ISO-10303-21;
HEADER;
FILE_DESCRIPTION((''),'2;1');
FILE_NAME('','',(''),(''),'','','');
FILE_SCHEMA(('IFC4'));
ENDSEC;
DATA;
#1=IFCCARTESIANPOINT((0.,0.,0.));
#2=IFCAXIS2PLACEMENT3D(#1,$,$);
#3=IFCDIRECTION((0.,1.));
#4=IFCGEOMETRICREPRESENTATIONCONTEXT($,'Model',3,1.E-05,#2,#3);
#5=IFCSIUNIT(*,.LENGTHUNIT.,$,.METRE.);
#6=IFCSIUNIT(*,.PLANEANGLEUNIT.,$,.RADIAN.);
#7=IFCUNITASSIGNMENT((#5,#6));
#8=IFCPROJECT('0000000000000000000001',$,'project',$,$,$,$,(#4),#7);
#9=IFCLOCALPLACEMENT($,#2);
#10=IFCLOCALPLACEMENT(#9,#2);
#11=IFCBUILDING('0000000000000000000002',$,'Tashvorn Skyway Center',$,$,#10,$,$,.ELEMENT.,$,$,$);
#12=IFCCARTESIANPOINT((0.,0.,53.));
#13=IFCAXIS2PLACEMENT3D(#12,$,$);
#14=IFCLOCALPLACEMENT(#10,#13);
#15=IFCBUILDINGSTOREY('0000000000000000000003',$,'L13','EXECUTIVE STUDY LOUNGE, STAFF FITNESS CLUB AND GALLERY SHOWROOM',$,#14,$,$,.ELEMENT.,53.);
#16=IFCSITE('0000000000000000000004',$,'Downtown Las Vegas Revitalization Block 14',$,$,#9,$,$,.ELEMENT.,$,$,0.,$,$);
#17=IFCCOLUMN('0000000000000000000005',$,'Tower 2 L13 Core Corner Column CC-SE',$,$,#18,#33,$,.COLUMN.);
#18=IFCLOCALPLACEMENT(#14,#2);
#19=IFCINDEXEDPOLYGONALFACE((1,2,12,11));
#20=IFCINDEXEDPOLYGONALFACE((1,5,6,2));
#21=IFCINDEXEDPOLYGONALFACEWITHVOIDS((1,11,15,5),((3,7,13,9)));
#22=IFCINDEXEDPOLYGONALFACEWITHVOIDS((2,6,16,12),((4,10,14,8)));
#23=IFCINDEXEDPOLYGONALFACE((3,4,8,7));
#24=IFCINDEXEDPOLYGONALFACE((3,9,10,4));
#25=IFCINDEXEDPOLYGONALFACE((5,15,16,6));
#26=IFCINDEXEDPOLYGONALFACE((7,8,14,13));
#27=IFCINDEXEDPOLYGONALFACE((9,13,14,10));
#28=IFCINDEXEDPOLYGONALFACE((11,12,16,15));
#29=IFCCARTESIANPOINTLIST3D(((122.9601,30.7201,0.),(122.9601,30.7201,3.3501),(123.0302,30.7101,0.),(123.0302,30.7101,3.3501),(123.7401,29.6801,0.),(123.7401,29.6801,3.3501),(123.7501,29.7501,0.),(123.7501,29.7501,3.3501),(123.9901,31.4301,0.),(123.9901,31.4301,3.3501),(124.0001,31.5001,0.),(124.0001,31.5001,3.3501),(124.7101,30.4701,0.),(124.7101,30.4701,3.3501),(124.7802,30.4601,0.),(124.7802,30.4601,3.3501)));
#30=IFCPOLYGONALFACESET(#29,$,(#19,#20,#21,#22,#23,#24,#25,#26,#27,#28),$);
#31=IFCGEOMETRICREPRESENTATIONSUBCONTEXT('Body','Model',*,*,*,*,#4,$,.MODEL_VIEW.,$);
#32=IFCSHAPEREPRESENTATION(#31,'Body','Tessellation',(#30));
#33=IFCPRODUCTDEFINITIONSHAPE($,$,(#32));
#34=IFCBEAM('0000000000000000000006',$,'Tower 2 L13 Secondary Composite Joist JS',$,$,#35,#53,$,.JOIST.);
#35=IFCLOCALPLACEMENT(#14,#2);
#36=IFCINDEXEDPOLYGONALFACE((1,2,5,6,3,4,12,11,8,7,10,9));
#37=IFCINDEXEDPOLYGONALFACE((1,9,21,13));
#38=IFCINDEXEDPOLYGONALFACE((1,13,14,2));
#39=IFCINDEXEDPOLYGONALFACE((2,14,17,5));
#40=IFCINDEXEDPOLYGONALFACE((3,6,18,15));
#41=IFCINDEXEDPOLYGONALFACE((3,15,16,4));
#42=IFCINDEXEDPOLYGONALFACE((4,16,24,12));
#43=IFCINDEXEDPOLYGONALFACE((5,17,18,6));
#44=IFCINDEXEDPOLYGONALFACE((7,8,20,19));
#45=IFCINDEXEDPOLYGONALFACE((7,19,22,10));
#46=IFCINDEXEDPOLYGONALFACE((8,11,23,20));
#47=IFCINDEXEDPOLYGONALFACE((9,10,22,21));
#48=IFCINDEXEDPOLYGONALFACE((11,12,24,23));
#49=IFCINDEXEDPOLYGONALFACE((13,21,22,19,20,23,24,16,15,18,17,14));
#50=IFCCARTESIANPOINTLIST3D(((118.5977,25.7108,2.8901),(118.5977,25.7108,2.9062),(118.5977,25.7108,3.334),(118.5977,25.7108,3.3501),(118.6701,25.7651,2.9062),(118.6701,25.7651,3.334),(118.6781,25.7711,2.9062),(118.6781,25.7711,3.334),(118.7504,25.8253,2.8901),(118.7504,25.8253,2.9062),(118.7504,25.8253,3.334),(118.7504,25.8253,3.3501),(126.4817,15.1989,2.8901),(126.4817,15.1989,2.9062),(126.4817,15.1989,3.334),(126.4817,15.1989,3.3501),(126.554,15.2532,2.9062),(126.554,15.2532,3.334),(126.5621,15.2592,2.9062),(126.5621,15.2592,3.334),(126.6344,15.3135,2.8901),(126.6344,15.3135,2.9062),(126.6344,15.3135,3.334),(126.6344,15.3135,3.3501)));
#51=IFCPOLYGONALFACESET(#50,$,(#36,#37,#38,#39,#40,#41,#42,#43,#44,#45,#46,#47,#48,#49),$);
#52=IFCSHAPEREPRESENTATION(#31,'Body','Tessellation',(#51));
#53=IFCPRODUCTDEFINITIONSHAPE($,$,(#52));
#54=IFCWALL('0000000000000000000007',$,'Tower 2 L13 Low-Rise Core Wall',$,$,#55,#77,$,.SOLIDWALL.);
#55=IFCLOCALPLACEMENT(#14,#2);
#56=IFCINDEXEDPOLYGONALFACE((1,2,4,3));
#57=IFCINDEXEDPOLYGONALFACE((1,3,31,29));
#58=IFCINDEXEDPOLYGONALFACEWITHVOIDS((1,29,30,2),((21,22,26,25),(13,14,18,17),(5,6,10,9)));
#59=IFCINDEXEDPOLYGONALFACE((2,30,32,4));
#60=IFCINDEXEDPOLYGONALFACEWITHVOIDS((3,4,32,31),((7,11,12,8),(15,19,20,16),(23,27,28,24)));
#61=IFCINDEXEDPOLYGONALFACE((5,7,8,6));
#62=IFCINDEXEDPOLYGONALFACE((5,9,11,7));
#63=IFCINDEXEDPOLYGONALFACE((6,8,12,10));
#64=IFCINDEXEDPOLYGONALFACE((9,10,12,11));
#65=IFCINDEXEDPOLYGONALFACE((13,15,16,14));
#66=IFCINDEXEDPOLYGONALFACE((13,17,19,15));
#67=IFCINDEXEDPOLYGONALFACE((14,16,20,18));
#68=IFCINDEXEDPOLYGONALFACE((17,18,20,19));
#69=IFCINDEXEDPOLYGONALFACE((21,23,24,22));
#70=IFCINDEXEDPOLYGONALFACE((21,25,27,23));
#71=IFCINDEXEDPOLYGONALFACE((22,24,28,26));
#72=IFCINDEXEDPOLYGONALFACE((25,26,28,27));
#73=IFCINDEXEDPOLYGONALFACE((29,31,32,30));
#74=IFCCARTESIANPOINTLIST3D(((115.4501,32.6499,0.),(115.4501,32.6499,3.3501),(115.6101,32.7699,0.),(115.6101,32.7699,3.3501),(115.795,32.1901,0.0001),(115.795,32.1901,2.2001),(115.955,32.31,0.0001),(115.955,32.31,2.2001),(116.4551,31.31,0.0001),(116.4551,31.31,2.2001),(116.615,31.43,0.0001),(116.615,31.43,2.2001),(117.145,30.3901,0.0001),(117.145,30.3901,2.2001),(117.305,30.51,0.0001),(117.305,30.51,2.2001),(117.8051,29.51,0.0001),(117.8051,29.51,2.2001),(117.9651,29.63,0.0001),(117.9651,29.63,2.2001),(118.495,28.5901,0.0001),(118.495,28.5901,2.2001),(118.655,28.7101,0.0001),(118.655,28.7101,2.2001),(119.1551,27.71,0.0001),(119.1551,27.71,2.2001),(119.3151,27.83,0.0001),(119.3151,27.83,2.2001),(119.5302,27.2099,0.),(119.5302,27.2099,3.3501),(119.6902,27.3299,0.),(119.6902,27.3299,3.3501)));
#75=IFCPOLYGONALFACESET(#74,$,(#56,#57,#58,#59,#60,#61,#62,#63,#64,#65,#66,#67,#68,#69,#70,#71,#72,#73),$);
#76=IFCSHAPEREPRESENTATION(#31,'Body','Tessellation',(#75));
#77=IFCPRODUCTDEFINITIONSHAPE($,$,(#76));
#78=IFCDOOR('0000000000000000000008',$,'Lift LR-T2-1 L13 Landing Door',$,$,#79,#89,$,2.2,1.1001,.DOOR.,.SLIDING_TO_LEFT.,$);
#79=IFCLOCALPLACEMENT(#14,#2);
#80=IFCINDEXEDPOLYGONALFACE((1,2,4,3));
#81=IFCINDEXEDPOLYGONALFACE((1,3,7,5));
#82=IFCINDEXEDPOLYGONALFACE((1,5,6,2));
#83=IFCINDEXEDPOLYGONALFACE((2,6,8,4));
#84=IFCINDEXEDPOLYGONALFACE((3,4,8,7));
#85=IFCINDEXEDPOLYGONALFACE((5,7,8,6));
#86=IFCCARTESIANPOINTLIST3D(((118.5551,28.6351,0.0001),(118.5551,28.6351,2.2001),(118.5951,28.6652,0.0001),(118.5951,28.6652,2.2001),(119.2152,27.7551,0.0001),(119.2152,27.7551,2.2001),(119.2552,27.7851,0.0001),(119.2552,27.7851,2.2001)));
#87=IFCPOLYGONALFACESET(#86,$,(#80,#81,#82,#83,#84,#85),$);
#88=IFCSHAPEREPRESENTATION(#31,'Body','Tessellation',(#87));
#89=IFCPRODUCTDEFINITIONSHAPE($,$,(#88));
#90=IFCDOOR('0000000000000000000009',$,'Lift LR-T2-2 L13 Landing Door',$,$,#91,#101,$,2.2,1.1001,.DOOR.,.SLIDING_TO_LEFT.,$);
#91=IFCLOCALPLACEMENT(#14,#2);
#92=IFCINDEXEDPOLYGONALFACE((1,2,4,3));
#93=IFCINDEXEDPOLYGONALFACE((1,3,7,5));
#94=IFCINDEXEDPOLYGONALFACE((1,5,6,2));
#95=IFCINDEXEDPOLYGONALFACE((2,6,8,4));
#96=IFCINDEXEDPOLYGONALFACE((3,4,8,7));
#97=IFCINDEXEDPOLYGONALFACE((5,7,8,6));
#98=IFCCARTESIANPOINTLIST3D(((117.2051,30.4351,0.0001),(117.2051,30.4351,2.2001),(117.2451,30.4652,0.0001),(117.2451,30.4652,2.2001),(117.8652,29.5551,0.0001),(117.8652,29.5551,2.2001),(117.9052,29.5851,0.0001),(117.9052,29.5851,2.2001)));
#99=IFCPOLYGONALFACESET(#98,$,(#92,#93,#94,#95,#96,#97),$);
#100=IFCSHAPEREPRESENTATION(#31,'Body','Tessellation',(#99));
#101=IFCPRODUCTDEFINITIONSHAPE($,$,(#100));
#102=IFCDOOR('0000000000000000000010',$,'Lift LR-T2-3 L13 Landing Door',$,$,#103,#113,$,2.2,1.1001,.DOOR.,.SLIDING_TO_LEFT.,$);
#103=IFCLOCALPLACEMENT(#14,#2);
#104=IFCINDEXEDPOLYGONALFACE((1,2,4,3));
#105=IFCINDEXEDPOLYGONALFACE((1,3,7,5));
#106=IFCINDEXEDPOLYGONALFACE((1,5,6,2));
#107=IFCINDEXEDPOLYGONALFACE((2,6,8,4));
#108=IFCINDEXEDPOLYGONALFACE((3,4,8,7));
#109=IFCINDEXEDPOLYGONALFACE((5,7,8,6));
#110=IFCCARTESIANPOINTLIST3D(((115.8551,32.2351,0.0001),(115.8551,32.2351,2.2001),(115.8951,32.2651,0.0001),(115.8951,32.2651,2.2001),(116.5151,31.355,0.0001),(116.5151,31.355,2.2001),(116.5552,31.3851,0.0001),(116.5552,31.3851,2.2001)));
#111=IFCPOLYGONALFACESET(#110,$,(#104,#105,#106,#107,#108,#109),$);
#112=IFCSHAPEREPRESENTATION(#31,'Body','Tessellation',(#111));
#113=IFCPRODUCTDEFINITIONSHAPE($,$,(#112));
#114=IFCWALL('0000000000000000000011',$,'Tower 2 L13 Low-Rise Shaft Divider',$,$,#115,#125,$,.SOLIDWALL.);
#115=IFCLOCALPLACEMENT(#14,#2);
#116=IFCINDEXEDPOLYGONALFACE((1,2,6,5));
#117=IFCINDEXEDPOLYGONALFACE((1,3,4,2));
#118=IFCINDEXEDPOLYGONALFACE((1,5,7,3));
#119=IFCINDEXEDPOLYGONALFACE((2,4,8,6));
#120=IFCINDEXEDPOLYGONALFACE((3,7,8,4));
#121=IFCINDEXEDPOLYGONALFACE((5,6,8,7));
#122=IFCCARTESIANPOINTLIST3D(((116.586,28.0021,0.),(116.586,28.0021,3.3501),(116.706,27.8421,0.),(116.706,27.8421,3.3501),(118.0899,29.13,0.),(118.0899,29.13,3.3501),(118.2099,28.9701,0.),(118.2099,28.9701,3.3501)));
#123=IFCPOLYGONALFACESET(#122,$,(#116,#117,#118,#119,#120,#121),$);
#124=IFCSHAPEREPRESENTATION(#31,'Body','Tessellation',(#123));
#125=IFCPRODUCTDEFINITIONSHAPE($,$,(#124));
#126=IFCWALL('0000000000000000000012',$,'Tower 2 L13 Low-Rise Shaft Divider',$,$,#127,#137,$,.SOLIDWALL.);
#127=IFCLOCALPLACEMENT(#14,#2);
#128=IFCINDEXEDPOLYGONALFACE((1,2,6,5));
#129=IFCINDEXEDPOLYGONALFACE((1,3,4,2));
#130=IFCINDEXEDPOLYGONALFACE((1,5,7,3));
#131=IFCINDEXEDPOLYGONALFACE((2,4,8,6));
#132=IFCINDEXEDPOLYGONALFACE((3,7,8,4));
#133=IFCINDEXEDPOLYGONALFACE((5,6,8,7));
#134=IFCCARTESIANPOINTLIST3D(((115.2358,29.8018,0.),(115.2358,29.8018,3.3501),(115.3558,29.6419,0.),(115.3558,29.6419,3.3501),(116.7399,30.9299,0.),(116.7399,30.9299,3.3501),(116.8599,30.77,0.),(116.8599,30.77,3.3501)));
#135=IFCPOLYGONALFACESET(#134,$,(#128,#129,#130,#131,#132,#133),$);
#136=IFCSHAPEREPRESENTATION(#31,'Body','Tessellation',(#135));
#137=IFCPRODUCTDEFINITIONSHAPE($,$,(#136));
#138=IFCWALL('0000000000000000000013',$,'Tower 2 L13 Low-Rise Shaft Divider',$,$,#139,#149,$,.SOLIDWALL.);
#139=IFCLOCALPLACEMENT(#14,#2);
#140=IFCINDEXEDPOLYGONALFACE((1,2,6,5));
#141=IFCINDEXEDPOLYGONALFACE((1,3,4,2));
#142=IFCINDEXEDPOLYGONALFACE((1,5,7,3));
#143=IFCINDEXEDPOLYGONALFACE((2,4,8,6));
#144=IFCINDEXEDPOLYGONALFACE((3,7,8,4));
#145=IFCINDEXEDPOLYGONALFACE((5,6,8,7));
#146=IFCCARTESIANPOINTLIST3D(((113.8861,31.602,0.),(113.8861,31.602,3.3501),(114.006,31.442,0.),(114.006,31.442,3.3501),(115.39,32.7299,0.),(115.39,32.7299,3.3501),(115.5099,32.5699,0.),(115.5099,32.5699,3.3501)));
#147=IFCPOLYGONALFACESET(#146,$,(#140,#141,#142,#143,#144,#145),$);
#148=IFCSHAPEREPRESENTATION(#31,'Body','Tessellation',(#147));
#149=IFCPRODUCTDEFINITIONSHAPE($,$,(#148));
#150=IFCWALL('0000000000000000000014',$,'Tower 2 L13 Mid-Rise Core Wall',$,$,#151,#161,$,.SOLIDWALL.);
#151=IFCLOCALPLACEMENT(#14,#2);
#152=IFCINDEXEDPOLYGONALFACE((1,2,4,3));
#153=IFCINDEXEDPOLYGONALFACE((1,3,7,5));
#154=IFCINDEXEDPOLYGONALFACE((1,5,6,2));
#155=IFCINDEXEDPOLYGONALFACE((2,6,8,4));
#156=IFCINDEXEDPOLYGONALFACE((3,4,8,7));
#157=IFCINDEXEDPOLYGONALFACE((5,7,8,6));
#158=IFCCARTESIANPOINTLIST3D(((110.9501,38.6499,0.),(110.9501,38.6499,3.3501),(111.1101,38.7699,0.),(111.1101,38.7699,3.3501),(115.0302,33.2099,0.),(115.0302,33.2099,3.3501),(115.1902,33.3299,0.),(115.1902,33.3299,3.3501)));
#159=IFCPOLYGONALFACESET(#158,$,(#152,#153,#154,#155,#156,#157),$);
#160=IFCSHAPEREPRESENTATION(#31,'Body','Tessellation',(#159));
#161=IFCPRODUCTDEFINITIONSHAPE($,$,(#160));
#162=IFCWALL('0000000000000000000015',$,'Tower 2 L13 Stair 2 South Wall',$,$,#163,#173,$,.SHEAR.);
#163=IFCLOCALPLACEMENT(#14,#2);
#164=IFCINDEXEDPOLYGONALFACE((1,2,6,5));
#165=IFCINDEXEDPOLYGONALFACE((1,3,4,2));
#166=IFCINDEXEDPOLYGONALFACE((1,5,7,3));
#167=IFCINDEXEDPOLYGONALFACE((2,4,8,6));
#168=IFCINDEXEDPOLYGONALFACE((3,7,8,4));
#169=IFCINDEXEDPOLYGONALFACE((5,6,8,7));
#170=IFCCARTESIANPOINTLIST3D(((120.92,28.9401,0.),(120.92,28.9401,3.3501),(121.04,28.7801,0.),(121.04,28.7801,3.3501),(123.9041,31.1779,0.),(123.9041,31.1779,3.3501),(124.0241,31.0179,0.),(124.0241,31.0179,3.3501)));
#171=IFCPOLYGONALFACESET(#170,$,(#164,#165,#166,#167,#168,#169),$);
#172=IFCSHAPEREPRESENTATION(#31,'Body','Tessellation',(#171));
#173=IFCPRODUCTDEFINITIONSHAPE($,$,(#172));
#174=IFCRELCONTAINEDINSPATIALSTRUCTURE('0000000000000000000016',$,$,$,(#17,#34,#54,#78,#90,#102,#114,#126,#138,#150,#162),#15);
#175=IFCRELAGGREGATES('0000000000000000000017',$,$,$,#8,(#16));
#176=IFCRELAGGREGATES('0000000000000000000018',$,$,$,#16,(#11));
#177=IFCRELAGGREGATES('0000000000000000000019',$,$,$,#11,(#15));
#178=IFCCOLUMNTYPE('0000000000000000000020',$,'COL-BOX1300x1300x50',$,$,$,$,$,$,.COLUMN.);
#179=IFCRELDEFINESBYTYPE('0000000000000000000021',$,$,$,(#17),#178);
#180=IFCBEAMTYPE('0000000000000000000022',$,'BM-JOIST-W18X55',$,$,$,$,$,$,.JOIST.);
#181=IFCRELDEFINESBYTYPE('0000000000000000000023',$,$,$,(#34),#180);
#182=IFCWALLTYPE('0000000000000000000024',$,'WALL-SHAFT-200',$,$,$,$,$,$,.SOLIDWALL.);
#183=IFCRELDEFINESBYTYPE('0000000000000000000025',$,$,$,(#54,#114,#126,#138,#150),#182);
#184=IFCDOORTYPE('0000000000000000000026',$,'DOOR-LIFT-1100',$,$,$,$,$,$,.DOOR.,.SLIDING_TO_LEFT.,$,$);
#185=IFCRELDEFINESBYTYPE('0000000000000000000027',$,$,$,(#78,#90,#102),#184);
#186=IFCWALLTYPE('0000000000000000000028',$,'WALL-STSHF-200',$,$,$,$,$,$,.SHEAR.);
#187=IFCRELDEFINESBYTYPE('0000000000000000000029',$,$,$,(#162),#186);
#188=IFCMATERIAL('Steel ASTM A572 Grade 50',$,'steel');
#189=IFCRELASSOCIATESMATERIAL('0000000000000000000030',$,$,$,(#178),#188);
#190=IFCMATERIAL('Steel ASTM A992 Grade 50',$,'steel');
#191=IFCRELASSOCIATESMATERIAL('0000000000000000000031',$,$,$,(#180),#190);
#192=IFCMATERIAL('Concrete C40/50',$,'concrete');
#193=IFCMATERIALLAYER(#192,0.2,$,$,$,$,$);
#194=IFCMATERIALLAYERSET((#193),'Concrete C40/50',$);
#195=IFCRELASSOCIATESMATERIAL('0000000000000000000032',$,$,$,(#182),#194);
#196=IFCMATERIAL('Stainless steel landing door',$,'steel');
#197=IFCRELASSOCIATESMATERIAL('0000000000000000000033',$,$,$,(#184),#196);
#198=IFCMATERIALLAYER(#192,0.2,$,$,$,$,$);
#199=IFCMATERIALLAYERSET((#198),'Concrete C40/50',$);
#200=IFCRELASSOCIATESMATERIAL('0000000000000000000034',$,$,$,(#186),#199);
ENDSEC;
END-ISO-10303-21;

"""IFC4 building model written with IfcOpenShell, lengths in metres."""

from ifc_helpers import new_model, si_unit, direction, frame, frame_2d, origin, origin_2d, place, context, subcontext, project, spatial, rectangle, hollow_rectangle, i_section, extrude, material, layer, layer_set, material_profile, profile_set, type_object, element, fill, save


model = new_model("IFC4")

# Units and contexts
model_context = context("Model", 3, precision=1e-05, world=origin(), true_north=direction((0.0, 1.0)))
body_context = subcontext(model_context, "Body", "Model", "MODEL_VIEW")
ifc_project = project(units=[si_unit("LENGTHUNIT", "METRE"), si_unit("PLANEANGLEUNIT", "RADIAN")], contexts=[model_context])

# Site, building, storey
site_placement = place(None, origin())
site = spatial("IfcSite", under=ifc_project, at=site_placement, Name="Downtown Las Vegas Revitalization Block 14", CompositionType="ELEMENT", RefElevation=0.0)
building_placement = place(site_placement, origin())
building = spatial("IfcBuilding", under=site, at=building_placement, Name="Tashvorn Skyway Center", CompositionType="ELEMENT")
storey_placement = place(building_placement, frame((0.0, 0.0, 53.0)))
storey = spatial("IfcBuildingStorey", under=building, at=storey_placement, Name="L13", Description="EXECUTIVE STUDY LOUNGE, STAFF FITNESS CLUB AND GALLERY SHOWROOM", CompositionType="ELEMENT", Elevation=53.0)

# Column
ifc_material_1 = material(Name="Steel ASTM A572 Grade 50", Category="steel")
ifc_material_profile_1 = material_profile(ifc_material_1, hollow_rectangle(XDim=1.3, YDim=1.3, WallThickness=0.05, at=origin_2d()), Name="BOX1300x1300x50")
ifc_profile_set_1 = profile_set([ifc_material_profile_1], Name="Steel ASTM A572 Grade 50")
column_type = type_object("IfcColumnType", Name="COL-BOX1300x1300x50", PredefinedType="COLUMN", material=ifc_profile_set_1)
column_placement = place(storey_placement, frame((123.8701, 30.5901, 0.0), z_axis=(0.0, 0.0, 1.0), x_axis=(0.8, 0.6, 0.0)))
element("IfcColumn", 1, at=column_placement, inside=storey, type_object=column_type, Name="Tower 2 L13 Core Corner Column CC-SE", PredefinedType="COLUMN", context=body_context, shape_type="SweptSolid", body=[
    extrude(hollow_rectangle(XDim=1.3, YDim=1.3, WallThickness=0.05, at=origin_2d()), origin(), (0.0, 0.0, 1.0), 3.3501),
])

# Beam
ifc_material_2 = material(Name="Steel ASTM A992 Grade 50", Category="steel")
ifc_material_profile_2 = material_profile(ifc_material_2, i_section(OverallWidth=0.1909, OverallDepth=0.46, WebThickness=0.01, FlangeThickness=0.0161, at=origin_2d()), Name="W18X55")
ifc_profile_set_2 = profile_set([ifc_material_profile_2], Name="Steel ASTM A992 Grade 50")
beam_type = type_object("IfcBeamType", Name="BM-JOIST-W18X55", PredefinedType="JOIST", material=ifc_profile_set_2)
beam_placement = place(storey_placement, frame((118.6741, 25.7681, 3.1201), z_axis=(0.600003, -0.799998, 0.0), x_axis=(0.799998, 0.600003, 0.0)))
element("IfcBeam", 2, at=beam_placement, inside=storey, type_object=beam_type, Name="Tower 2 L13 Secondary Composite Joist JS", PredefinedType="JOIST", context=body_context, shape_type="SweptSolid", body=[
    extrude(i_section(OverallWidth=0.1909, OverallDepth=0.46, WebThickness=0.01, FlangeThickness=0.0161, at=origin_2d()), origin(), (0.0, 0.0, 1.0), 13.1399),
])

# Wall, openings, doors
ifc_material_3 = material(Name="Concrete C40/50", Category="concrete")
ifc_layer_1 = layer(ifc_material_3, 0.2)
ifc_layer_set_1 = layer_set([ifc_layer_1], Name="Concrete C40/50")
wall_type_1 = type_object("IfcWallType", Name="WALL-SHAFT-200", PredefinedType="SOLIDWALL", material=ifc_layer_set_1)
wall_1_placement = place(storey_placement, frame((119.6101, 27.27, 0.0), z_axis=(0.0, 0.0, 1.0), x_axis=(-0.600011, 0.799991, 0.0)))
wall_1 = element("IfcWall", 3, at=wall_1_placement, inside=storey, type_object=wall_type_1, Name="Tower 2 L13 Low-Rise Core Wall", PredefinedType="SOLIDWALL", context=body_context, shape_type="SweptSolid", body=[
    extrude(rectangle(XDim=6.8, YDim=0.2, at=frame_2d((3.3999, 0.0))), origin(), (0.0, 0.0, 1.0), 3.3501),
])
opening_1_placement = place(wall_1_placement, frame((0.625, 0.0, 0.0)))
opening_1 = element("IfcOpeningElement", 4, at=opening_1_placement, cuts=wall_1, PredefinedType="OPENING", context=body_context, shape_type="SweptSolid", body=[
    extrude(rectangle(XDim=1.1001, YDim=2.2, at=frame_2d((0.55, 1.1001))), frame((0.0, 0.1099, 0.0), z_axis=(0.0, -1.0, 0.0), x_axis=(1.0, 0.0, 0.0)), (0.0, 0.0, 1.0), 0.22),
])
opening_2_placement = place(wall_1_placement, frame((2.875, 0.0, 0.0)))
opening_2 = element("IfcOpeningElement", 5, at=opening_2_placement, cuts=wall_1, PredefinedType="OPENING", context=body_context, shape_type="SweptSolid", body=[
    extrude(rectangle(XDim=1.1001, YDim=2.2, at=frame_2d((0.55, 1.1001))), frame((0.0, 0.1099, 0.0), z_axis=(0.0, -1.0, 0.0), x_axis=(1.0, 0.0, 0.0)), (0.0, 0.0, 1.0), 0.22),
])
opening_3_placement = place(wall_1_placement, frame((5.125, 0.0, 0.0)))
opening_3 = element("IfcOpeningElement", 6, at=opening_3_placement, cuts=wall_1, PredefinedType="OPENING", context=body_context, shape_type="SweptSolid", body=[
    extrude(rectangle(XDim=1.1001, YDim=2.2, at=frame_2d((0.55, 1.1001))), frame((0.0, 0.1099, 0.0), z_axis=(0.0, -1.0, 0.0), x_axis=(1.0, 0.0, 0.0)), (0.0, 0.0, 1.0), 0.22),
])
ifc_material_4 = material(Name="Stainless steel landing door", Category="steel")
door_type = type_object("IfcDoorType", Name="DOOR-LIFT-1100", OperationType="SLIDING_TO_LEFT", PredefinedType="DOOR", material=ifc_material_4)
door_1_placement = place(opening_1_placement, origin())
door_1 = element("IfcDoor", 7, at=door_1_placement, inside=storey, type_object=door_type, Name="Lift LR-T2-1 L13 Landing Door", OperationType="SLIDING_TO_LEFT", OverallHeight=2.2, OverallWidth=1.1001, PredefinedType="DOOR", context=body_context, shape_type="SweptSolid", body=[
    extrude(rectangle(XDim=1.1001, YDim=2.2, at=frame_2d((0.55, 1.1001))), frame((0.0, 0.0249, 0.0), z_axis=(0.0, -1.0, 0.0), x_axis=(1.0, 0.0, 0.0)), (0.0, 0.0, 1.0), 0.05),
])
fill(opening_1, door_1)
door_2_placement = place(opening_2_placement, origin())
door_2 = element("IfcDoor", 8, at=door_2_placement, inside=storey, type_object=door_type, Name="Lift LR-T2-2 L13 Landing Door", OperationType="SLIDING_TO_LEFT", OverallHeight=2.2, OverallWidth=1.1001, PredefinedType="DOOR", context=body_context, shape_type="SweptSolid", body=[
    extrude(rectangle(XDim=1.1001, YDim=2.2, at=frame_2d((0.55, 1.1001))), frame((0.0, 0.0249, 0.0), z_axis=(0.0, -1.0, 0.0), x_axis=(1.0, 0.0, 0.0)), (0.0, 0.0, 1.0), 0.05),
])
fill(opening_2, door_2)
door_3_placement = place(opening_3_placement, origin())
door_3 = element("IfcDoor", 9, at=door_3_placement, inside=storey, type_object=door_type, Name="Lift LR-T2-3 L13 Landing Door", OperationType="SLIDING_TO_LEFT", OverallHeight=2.2, OverallWidth=1.1001, PredefinedType="DOOR", context=body_context, shape_type="SweptSolid", body=[
    extrude(rectangle(XDim=1.1001, YDim=2.2, at=frame_2d((0.55, 1.1001))), frame((0.0, 0.0249, 0.0), z_axis=(0.0, -1.0, 0.0), x_axis=(1.0, 0.0, 0.0)), (0.0, 0.0, 1.0), 0.05),
])
fill(opening_3, door_3)

# Walls
wall_2_placement = place(storey_placement, frame((116.646, 27.9221, 0.0), z_axis=(0.0, 0.0, 1.0), x_axis=(0.8, 0.6, 0.0)))
element("IfcWall", 10, at=wall_2_placement, inside=storey, type_object=wall_type_1, Name="Tower 2 L13 Low-Rise Shaft Divider", PredefinedType="SOLIDWALL", context=body_context, shape_type="SweptSolid", body=[
    extrude(rectangle(XDim=1.8799, YDim=0.2, at=frame_2d((0.9399, 0.0))), origin(), (0.0, 0.0, 1.0), 3.3501),
])
wall_3_placement = place(storey_placement, frame((115.2959, 29.7219, 0.0), z_axis=(0.0, 0.0, 1.0), x_axis=(0.799984, 0.600021, 0.0)))
element("IfcWall", 11, at=wall_3_placement, inside=storey, type_object=wall_type_1, Name="Tower 2 L13 Low-Rise Shaft Divider", PredefinedType="SOLIDWALL", context=body_context, shape_type="SweptSolid", body=[
    extrude(rectangle(XDim=1.8801, YDim=0.2, at=frame_2d((0.9399, 0.0))), origin(), (0.0, 0.0, 1.0), 3.3501),
])
wall_4_placement = place(storey_placement, frame((113.946, 31.522, 0.0), z_axis=(0.0, 0.0, 1.0), x_axis=(0.8, 0.6, 0.0)))
element("IfcWall", 12, at=wall_4_placement, inside=storey, type_object=wall_type_1, Name="Tower 2 L13 Low-Rise Shaft Divider", PredefinedType="SOLIDWALL", context=body_context, shape_type="SweptSolid", body=[
    extrude(rectangle(XDim=1.8799, YDim=0.2, at=frame_2d((0.9399, 0.0))), origin(), (0.0, 0.0, 1.0), 3.3501),
])
wall_5_placement = place(storey_placement, frame((115.1101, 33.27, 0.0), z_axis=(0.0, 0.0, 1.0), x_axis=(-0.600011, 0.799991, 0.0)))
element("IfcWall", 13, at=wall_5_placement, inside=storey, type_object=wall_type_1, Name="Tower 2 L13 Mid-Rise Core Wall", PredefinedType="SOLIDWALL", context=body_context, shape_type="SweptSolid", body=[
    extrude(rectangle(XDim=6.8, YDim=0.2, at=frame_2d((3.3999, 0.0))), origin(), (0.0, 0.0, 1.0), 3.3501),
])
ifc_layer_2 = layer(ifc_material_3, 0.2)
ifc_layer_set_2 = layer_set([ifc_layer_2], Name="Concrete C40/50")
wall_type_2 = type_object("IfcWallType", Name="WALL-STSHF-200", PredefinedType="SHEAR", material=ifc_layer_set_2)
wall_6_placement = place(storey_placement, frame((120.98, 28.8601, 0.0), z_axis=(0.0, 0.0, 1.0), x_axis=(0.800039, 0.599948, 0.0)))
element("IfcWall", 14, at=wall_6_placement, inside=storey, type_object=wall_type_2, Name="Tower 2 L13 Stair 2 South Wall", PredefinedType="SHEAR", context=body_context, shape_type="SweptSolid", body=[
    extrude(rectangle(XDim=3.73, YDim=0.2, at=frame_2d((1.865, 0.0))), origin(), (0.0, 0.0, 1.0), 3.3501),
])

save(model, "model.ifc")
